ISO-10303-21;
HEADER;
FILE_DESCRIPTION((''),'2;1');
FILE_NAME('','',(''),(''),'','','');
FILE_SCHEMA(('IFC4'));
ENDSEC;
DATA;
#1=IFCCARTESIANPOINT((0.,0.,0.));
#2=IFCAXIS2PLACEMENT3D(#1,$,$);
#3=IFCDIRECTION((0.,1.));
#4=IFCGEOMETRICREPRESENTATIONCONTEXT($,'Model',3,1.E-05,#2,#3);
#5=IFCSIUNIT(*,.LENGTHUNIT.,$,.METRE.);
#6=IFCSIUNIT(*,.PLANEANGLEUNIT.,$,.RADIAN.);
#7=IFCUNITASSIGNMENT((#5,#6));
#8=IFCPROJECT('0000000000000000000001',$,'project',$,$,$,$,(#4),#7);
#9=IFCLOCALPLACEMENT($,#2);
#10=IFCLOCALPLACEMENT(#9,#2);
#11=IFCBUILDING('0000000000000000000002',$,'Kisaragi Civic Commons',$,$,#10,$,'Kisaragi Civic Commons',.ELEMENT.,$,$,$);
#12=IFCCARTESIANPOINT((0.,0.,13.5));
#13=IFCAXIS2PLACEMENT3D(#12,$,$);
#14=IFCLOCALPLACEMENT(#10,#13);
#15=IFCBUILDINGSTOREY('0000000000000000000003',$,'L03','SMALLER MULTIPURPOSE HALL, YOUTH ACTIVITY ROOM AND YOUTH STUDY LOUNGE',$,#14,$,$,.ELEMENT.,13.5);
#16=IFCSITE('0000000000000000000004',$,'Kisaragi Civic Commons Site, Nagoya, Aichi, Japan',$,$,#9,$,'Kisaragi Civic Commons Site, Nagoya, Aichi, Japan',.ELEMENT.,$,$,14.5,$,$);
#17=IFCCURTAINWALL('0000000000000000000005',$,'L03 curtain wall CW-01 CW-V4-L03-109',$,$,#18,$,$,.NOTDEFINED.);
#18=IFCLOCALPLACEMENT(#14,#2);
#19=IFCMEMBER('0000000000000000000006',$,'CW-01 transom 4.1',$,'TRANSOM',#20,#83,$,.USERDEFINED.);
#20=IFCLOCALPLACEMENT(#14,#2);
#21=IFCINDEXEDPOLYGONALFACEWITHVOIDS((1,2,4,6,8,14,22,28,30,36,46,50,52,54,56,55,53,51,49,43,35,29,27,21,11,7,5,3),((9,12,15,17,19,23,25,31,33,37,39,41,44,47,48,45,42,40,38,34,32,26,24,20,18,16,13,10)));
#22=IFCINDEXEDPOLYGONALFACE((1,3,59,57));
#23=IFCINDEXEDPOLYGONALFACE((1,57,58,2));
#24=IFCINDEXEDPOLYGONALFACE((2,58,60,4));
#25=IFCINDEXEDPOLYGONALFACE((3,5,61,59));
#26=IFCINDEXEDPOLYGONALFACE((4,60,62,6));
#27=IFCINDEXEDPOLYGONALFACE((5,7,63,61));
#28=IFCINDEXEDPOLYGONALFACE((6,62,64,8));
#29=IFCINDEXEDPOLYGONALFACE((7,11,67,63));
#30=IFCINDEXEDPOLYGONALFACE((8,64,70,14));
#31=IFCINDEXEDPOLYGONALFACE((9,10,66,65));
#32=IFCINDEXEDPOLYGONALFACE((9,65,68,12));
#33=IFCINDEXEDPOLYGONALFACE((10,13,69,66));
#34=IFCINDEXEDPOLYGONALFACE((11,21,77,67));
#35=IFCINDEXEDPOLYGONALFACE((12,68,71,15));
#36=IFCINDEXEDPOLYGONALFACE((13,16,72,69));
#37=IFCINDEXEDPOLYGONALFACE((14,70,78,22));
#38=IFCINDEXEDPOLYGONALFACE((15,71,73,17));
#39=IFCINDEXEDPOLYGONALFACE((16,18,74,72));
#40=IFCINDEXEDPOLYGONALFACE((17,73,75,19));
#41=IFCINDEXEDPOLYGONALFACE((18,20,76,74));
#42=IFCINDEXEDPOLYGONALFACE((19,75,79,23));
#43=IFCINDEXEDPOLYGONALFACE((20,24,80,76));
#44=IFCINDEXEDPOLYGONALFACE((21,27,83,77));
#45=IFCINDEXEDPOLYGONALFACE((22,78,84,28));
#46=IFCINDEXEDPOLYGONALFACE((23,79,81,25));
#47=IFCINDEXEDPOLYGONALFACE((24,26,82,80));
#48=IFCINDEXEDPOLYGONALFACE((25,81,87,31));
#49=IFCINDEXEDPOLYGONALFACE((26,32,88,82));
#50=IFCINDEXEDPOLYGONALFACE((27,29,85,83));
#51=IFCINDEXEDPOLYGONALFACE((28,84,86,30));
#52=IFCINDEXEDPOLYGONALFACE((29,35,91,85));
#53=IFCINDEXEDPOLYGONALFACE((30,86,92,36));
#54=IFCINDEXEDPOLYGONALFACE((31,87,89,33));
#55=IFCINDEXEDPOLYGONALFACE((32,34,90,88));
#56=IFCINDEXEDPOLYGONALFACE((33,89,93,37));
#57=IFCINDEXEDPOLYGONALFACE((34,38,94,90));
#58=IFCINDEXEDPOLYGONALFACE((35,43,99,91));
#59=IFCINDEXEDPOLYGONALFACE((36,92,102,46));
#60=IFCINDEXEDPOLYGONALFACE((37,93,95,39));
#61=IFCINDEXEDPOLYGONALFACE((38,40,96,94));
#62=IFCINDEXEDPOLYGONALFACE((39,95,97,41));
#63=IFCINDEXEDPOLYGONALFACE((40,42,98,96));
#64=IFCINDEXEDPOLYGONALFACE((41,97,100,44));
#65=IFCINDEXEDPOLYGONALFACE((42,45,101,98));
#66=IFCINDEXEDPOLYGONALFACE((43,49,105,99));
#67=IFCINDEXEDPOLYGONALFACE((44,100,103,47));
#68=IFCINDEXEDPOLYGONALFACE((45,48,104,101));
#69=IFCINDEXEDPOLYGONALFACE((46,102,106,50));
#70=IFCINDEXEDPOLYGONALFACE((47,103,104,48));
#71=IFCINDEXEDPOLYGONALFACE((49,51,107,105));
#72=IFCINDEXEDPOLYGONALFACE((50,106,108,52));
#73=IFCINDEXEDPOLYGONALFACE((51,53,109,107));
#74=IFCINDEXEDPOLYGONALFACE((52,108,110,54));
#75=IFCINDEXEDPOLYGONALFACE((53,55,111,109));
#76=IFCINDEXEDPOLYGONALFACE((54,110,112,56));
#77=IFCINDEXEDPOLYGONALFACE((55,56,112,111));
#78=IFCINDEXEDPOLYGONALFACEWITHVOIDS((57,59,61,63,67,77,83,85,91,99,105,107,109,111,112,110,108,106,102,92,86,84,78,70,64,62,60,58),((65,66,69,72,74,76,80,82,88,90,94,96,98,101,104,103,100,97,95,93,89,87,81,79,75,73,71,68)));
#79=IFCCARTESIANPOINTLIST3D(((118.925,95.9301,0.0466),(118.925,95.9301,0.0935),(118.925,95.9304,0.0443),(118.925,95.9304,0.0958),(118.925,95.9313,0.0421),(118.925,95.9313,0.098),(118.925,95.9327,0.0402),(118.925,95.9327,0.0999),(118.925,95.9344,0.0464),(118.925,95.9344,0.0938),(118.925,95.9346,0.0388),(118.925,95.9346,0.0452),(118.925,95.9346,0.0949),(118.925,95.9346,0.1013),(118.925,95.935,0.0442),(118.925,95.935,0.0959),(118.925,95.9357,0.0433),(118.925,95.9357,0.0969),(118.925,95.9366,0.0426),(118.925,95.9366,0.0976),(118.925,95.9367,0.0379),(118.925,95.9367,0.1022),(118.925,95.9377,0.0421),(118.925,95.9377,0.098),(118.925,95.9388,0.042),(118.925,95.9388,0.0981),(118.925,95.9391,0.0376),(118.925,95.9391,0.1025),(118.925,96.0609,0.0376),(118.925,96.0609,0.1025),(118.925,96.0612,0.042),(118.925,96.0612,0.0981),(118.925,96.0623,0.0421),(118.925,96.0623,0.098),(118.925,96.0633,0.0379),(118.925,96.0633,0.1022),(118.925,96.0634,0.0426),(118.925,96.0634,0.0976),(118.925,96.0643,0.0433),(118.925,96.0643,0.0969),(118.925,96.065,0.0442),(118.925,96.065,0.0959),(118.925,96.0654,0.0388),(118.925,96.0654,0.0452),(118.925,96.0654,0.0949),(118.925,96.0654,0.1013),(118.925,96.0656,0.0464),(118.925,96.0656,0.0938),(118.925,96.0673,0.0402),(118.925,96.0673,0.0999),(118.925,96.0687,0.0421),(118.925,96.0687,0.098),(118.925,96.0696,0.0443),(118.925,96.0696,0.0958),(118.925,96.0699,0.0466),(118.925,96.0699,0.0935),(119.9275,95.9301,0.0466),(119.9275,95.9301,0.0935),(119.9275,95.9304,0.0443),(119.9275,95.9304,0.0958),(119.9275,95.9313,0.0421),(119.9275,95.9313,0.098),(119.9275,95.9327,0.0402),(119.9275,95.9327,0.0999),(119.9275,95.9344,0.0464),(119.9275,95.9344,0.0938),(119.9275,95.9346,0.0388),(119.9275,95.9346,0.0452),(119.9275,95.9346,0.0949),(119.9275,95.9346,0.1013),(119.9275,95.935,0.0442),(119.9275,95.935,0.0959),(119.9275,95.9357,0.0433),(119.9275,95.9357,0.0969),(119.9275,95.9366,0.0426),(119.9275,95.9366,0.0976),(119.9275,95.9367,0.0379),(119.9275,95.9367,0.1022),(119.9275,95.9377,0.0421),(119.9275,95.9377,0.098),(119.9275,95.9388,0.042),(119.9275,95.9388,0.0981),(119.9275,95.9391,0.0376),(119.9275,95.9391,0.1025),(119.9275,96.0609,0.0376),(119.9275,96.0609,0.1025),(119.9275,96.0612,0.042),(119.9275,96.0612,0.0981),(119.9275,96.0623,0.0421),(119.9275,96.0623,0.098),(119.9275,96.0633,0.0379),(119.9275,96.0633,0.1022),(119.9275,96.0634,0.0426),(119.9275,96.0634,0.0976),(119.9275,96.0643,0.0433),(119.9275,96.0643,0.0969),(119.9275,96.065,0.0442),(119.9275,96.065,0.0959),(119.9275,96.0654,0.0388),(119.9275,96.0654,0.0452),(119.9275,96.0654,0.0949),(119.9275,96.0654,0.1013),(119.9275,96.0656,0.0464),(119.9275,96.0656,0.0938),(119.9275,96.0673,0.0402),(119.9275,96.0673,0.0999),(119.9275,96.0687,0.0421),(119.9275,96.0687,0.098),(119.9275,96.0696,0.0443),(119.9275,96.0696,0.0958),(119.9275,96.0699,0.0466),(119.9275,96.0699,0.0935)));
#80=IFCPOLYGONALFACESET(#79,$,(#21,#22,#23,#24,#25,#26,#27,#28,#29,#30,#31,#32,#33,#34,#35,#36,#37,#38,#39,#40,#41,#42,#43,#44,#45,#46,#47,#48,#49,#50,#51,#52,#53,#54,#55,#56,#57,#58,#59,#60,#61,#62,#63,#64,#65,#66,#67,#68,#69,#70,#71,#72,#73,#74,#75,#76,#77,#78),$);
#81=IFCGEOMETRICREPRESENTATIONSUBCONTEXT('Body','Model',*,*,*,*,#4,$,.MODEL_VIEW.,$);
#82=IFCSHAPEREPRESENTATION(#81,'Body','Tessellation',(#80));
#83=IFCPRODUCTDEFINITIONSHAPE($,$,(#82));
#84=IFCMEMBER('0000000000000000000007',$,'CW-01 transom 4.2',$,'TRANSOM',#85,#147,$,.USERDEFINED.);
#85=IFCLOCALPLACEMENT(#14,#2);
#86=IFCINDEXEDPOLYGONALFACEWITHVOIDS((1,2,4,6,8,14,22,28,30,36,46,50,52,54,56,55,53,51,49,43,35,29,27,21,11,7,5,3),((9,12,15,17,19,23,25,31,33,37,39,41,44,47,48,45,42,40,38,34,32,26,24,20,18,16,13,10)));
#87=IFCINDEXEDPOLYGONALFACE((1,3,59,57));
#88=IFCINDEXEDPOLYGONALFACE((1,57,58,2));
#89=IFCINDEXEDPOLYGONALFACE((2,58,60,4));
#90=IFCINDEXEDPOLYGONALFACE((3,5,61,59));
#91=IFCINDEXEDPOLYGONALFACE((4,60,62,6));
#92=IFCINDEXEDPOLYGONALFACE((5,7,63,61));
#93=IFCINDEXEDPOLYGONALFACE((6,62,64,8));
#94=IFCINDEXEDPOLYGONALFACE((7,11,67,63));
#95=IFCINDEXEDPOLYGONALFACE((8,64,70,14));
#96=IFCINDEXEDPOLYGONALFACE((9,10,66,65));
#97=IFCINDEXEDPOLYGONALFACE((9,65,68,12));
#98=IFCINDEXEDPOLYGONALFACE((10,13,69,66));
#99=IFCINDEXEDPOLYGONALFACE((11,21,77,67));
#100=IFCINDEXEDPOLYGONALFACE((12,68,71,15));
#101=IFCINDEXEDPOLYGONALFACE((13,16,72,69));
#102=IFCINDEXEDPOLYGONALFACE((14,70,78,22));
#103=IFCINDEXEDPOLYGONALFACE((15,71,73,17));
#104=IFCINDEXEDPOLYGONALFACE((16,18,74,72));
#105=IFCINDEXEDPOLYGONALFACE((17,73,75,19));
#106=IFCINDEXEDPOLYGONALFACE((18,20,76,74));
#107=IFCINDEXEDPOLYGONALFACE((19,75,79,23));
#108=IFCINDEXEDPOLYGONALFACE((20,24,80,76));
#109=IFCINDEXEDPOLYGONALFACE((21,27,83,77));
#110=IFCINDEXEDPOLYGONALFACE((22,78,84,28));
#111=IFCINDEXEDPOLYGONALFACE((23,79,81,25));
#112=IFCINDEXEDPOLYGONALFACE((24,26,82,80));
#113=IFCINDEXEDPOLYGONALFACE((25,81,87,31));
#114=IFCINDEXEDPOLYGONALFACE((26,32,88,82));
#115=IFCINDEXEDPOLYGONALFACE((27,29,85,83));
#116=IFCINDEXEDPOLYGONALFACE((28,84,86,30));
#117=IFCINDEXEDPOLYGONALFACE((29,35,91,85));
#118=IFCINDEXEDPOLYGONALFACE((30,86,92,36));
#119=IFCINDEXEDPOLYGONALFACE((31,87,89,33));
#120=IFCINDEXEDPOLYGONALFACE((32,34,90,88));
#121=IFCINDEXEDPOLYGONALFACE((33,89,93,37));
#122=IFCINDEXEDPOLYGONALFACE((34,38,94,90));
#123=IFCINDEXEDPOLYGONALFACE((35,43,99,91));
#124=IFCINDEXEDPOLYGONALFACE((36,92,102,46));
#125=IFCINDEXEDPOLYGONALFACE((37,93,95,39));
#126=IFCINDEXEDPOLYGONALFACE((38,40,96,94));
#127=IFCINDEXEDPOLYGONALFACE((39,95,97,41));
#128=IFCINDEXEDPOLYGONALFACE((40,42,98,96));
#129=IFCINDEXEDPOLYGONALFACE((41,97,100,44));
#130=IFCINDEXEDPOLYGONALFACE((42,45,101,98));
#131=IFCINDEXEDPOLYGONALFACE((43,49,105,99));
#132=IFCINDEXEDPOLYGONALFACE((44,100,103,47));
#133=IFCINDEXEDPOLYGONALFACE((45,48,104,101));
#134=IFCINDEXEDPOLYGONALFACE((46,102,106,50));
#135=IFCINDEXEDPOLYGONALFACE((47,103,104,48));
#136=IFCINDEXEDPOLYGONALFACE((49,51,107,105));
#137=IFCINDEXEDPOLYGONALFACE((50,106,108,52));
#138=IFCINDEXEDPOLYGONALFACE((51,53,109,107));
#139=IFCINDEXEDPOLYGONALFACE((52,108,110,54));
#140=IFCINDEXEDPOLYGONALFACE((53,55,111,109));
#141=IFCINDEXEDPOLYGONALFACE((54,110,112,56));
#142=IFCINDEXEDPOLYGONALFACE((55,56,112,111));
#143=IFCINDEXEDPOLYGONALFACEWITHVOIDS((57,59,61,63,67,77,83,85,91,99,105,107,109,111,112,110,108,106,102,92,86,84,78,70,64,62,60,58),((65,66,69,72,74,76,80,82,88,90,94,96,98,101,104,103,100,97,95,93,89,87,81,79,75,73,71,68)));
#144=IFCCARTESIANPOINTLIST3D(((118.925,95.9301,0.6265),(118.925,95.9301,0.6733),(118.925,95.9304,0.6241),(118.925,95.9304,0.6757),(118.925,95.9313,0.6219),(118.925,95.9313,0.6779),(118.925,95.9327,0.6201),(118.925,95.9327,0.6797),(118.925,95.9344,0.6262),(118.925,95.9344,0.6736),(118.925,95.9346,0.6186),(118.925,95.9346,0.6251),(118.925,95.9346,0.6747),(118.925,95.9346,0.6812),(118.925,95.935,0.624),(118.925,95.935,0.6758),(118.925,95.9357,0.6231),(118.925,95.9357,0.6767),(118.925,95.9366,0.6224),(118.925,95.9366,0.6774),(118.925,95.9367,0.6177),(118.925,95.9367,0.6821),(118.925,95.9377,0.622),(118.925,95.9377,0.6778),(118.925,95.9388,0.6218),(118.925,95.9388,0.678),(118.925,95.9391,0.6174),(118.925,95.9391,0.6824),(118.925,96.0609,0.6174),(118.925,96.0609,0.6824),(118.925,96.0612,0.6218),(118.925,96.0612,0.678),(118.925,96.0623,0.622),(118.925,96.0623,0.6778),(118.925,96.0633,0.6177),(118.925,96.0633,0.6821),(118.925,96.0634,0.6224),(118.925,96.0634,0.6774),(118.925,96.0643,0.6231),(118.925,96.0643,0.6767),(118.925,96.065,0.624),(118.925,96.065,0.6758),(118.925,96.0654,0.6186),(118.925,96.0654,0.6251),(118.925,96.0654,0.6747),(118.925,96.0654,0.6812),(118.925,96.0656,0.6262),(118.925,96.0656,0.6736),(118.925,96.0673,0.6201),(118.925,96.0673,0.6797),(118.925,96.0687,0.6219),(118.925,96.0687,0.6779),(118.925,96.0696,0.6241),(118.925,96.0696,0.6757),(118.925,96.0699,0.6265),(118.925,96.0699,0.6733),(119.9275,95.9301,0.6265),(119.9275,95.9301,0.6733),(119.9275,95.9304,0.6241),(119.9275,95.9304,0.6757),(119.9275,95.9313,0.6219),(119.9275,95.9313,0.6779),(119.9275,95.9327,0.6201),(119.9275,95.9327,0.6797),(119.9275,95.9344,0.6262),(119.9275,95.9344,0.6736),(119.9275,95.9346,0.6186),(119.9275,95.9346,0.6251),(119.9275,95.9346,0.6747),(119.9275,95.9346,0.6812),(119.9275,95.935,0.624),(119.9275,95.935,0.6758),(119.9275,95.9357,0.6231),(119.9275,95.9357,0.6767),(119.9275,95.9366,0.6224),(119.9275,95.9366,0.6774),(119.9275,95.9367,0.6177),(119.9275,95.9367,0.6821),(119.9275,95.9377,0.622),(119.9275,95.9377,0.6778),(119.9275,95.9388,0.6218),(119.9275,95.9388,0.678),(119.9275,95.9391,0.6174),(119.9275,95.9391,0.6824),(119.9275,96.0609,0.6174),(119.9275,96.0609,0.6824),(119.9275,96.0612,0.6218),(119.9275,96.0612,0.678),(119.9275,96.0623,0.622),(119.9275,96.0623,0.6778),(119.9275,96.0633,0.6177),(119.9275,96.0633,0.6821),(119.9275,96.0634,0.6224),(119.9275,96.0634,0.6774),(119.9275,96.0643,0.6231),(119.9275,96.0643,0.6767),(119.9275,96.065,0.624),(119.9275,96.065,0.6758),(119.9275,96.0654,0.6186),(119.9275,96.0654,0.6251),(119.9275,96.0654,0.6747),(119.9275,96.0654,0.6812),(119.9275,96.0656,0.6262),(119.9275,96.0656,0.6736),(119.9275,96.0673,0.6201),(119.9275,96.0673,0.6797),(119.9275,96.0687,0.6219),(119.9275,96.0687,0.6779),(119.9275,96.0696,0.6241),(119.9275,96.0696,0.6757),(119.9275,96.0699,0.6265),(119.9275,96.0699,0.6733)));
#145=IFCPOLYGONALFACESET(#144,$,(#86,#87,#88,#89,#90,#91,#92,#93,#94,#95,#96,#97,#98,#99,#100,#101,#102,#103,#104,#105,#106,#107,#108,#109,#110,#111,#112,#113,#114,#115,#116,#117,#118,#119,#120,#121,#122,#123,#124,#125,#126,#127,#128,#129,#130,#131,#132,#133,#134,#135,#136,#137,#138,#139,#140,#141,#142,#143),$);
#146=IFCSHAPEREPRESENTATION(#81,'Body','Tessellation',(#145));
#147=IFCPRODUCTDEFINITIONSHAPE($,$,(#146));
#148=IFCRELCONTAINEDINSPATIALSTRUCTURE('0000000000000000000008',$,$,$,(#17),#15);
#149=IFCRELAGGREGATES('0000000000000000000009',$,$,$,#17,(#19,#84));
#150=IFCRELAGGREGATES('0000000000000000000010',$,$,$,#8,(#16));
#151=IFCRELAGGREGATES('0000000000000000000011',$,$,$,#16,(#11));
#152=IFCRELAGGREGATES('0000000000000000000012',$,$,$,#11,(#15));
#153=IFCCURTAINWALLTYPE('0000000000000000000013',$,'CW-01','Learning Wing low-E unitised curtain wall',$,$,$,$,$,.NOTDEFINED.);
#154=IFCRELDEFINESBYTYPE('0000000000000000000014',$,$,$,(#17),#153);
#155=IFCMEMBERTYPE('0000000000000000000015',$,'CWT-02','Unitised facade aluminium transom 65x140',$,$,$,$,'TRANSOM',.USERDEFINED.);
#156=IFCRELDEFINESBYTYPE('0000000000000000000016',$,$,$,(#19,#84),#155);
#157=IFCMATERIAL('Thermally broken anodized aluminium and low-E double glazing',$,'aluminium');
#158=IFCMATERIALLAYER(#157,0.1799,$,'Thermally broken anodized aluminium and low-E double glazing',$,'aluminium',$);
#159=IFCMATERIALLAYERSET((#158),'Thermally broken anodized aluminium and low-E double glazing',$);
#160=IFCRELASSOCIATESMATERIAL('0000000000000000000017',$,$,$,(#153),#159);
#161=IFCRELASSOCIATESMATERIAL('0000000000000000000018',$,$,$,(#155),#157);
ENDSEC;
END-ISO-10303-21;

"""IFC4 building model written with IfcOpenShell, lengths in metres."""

from ifc_helpers import new_model, si_unit, direction, frame, origin, origin_2d, place, context, subcontext, project, spatial, hollow_rectangle, extrude, material, layer, layer_set, material_profile, profile_set, type_object, element, aggregate, save


model = new_model("IFC4")

# Units and contexts
model_context = context("Model", 3, precision=1e-05, world=origin(), true_north=direction((0.0, 1.0)))
body_context = subcontext(model_context, "Body", "Model", "MODEL_VIEW")
ifc_project = project(units=[si_unit("LENGTHUNIT", "METRE"), si_unit("PLANEANGLEUNIT", "RADIAN")], contexts=[model_context])

# Site, building, storey
site_placement = place(None, origin())
site = spatial("IfcSite", under=ifc_project, at=site_placement, Name="Kisaragi Civic Commons Site, Nagoya, Aichi, Japan", LongName="Kisaragi Civic Commons Site, Nagoya, Aichi, Japan", CompositionType="ELEMENT", RefElevation=14.5)
building_placement = place(site_placement, origin())
building = spatial("IfcBuilding", under=site, at=building_placement, Name="Kisaragi Civic Commons", LongName="Kisaragi Civic Commons", CompositionType="ELEMENT")
storey_placement = place(building_placement, frame((0.0, 0.0, 13.5)))
storey = spatial("IfcBuildingStorey", under=building, at=storey_placement, Name="L03", Description="SMALLER MULTIPURPOSE HALL, YOUTH ACTIVITY ROOM AND YOUTH STUDY LOUNGE", CompositionType="ELEMENT", Elevation=13.5)

# Curtain wall
ifc_material = material(Name="Thermally broken anodized aluminium and low-E double glazing", Category="aluminium")
ifc_layer_1 = layer(ifc_material, 0.1799, Name="Thermally broken anodized aluminium and low-E double glazing", Category="aluminium")
ifc_layer_set_1 = layer_set([ifc_layer_1], Name="Thermally broken anodized aluminium and low-E double glazing")
curtain_wall_type = type_object("IfcCurtainWallType", Name="CW-01", Description="Learning Wing low-E unitised curtain wall", PredefinedType="NOTDEFINED", material=ifc_layer_set_1)
curtain_wall_1_placement = place(storey_placement, origin())
curtain_wall_1 = element("IfcCurtainWall", 1, at=curtain_wall_1_placement, inside=storey, type_object=curtain_wall_type, Name="L03 curtain wall CW-01 CW-V4-L03-109", PredefinedType="NOTDEFINED")

# Members
ifc_material_profile_1 = material_profile(ifc_material, hollow_rectangle(XDim=0.1399, YDim=0.0649, WallThickness=0.0044, InnerFilletRadius=0.0044, OuterFilletRadius=0.009, at=origin_2d()), Name="CWT-65x140x4.5", Category="aluminium")
ifc_profile_set_1 = profile_set([ifc_material_profile_1], Name="Thermally broken anodized aluminium and low-E double glazing")
member_type_1 = type_object("IfcMemberType", Name="CWT-02", Description="Unitised facade aluminium transom 65x140", ElementType="TRANSOM", PredefinedType="USERDEFINED", material=ifc_profile_set_1)
member_1_placement = place(storey_placement, frame((119.9275, 96.0, 0.0701), z_axis=(-1.0, 0.0, 0.0), x_axis=(0.0, -1.0, 0.0)))
member_1 = element("IfcMember", 2, at=member_1_placement, type_object=member_type_1, Name="CW-01 transom 4.1", ObjectType="TRANSOM", PredefinedType="USERDEFINED", context=body_context, shape_type="SweptSolid", body=[
    extrude(hollow_rectangle(XDim=0.1399, YDim=0.0649, WallThickness=0.0044, InnerFilletRadius=0.0044, OuterFilletRadius=0.009, at=origin_2d()), origin(), (0.0, 0.0, 1.0), 1.0024),
])
member_2_placement = place(storey_placement, frame((119.9275, 96.0, 0.6499), z_axis=(-1.0, 0.0, 0.0), x_axis=(0.0, -1.0, 0.0)))
member_2 = element("IfcMember", 3, at=member_2_placement, type_object=member_type_1, Name="CW-01 transom 4.2", ObjectType="TRANSOM", PredefinedType="USERDEFINED", context=body_context, shape_type="SweptSolid", body=[
    extrude(hollow_rectangle(XDim=0.1399, YDim=0.0649, WallThickness=0.0044, InnerFilletRadius=0.0044, OuterFilletRadius=0.009, at=origin_2d()), origin(), (0.0, 0.0, 1.0), 1.0024),
])

aggregate(curtain_wall_1, [member_1, member_2])

save(model, "model.ifc")
